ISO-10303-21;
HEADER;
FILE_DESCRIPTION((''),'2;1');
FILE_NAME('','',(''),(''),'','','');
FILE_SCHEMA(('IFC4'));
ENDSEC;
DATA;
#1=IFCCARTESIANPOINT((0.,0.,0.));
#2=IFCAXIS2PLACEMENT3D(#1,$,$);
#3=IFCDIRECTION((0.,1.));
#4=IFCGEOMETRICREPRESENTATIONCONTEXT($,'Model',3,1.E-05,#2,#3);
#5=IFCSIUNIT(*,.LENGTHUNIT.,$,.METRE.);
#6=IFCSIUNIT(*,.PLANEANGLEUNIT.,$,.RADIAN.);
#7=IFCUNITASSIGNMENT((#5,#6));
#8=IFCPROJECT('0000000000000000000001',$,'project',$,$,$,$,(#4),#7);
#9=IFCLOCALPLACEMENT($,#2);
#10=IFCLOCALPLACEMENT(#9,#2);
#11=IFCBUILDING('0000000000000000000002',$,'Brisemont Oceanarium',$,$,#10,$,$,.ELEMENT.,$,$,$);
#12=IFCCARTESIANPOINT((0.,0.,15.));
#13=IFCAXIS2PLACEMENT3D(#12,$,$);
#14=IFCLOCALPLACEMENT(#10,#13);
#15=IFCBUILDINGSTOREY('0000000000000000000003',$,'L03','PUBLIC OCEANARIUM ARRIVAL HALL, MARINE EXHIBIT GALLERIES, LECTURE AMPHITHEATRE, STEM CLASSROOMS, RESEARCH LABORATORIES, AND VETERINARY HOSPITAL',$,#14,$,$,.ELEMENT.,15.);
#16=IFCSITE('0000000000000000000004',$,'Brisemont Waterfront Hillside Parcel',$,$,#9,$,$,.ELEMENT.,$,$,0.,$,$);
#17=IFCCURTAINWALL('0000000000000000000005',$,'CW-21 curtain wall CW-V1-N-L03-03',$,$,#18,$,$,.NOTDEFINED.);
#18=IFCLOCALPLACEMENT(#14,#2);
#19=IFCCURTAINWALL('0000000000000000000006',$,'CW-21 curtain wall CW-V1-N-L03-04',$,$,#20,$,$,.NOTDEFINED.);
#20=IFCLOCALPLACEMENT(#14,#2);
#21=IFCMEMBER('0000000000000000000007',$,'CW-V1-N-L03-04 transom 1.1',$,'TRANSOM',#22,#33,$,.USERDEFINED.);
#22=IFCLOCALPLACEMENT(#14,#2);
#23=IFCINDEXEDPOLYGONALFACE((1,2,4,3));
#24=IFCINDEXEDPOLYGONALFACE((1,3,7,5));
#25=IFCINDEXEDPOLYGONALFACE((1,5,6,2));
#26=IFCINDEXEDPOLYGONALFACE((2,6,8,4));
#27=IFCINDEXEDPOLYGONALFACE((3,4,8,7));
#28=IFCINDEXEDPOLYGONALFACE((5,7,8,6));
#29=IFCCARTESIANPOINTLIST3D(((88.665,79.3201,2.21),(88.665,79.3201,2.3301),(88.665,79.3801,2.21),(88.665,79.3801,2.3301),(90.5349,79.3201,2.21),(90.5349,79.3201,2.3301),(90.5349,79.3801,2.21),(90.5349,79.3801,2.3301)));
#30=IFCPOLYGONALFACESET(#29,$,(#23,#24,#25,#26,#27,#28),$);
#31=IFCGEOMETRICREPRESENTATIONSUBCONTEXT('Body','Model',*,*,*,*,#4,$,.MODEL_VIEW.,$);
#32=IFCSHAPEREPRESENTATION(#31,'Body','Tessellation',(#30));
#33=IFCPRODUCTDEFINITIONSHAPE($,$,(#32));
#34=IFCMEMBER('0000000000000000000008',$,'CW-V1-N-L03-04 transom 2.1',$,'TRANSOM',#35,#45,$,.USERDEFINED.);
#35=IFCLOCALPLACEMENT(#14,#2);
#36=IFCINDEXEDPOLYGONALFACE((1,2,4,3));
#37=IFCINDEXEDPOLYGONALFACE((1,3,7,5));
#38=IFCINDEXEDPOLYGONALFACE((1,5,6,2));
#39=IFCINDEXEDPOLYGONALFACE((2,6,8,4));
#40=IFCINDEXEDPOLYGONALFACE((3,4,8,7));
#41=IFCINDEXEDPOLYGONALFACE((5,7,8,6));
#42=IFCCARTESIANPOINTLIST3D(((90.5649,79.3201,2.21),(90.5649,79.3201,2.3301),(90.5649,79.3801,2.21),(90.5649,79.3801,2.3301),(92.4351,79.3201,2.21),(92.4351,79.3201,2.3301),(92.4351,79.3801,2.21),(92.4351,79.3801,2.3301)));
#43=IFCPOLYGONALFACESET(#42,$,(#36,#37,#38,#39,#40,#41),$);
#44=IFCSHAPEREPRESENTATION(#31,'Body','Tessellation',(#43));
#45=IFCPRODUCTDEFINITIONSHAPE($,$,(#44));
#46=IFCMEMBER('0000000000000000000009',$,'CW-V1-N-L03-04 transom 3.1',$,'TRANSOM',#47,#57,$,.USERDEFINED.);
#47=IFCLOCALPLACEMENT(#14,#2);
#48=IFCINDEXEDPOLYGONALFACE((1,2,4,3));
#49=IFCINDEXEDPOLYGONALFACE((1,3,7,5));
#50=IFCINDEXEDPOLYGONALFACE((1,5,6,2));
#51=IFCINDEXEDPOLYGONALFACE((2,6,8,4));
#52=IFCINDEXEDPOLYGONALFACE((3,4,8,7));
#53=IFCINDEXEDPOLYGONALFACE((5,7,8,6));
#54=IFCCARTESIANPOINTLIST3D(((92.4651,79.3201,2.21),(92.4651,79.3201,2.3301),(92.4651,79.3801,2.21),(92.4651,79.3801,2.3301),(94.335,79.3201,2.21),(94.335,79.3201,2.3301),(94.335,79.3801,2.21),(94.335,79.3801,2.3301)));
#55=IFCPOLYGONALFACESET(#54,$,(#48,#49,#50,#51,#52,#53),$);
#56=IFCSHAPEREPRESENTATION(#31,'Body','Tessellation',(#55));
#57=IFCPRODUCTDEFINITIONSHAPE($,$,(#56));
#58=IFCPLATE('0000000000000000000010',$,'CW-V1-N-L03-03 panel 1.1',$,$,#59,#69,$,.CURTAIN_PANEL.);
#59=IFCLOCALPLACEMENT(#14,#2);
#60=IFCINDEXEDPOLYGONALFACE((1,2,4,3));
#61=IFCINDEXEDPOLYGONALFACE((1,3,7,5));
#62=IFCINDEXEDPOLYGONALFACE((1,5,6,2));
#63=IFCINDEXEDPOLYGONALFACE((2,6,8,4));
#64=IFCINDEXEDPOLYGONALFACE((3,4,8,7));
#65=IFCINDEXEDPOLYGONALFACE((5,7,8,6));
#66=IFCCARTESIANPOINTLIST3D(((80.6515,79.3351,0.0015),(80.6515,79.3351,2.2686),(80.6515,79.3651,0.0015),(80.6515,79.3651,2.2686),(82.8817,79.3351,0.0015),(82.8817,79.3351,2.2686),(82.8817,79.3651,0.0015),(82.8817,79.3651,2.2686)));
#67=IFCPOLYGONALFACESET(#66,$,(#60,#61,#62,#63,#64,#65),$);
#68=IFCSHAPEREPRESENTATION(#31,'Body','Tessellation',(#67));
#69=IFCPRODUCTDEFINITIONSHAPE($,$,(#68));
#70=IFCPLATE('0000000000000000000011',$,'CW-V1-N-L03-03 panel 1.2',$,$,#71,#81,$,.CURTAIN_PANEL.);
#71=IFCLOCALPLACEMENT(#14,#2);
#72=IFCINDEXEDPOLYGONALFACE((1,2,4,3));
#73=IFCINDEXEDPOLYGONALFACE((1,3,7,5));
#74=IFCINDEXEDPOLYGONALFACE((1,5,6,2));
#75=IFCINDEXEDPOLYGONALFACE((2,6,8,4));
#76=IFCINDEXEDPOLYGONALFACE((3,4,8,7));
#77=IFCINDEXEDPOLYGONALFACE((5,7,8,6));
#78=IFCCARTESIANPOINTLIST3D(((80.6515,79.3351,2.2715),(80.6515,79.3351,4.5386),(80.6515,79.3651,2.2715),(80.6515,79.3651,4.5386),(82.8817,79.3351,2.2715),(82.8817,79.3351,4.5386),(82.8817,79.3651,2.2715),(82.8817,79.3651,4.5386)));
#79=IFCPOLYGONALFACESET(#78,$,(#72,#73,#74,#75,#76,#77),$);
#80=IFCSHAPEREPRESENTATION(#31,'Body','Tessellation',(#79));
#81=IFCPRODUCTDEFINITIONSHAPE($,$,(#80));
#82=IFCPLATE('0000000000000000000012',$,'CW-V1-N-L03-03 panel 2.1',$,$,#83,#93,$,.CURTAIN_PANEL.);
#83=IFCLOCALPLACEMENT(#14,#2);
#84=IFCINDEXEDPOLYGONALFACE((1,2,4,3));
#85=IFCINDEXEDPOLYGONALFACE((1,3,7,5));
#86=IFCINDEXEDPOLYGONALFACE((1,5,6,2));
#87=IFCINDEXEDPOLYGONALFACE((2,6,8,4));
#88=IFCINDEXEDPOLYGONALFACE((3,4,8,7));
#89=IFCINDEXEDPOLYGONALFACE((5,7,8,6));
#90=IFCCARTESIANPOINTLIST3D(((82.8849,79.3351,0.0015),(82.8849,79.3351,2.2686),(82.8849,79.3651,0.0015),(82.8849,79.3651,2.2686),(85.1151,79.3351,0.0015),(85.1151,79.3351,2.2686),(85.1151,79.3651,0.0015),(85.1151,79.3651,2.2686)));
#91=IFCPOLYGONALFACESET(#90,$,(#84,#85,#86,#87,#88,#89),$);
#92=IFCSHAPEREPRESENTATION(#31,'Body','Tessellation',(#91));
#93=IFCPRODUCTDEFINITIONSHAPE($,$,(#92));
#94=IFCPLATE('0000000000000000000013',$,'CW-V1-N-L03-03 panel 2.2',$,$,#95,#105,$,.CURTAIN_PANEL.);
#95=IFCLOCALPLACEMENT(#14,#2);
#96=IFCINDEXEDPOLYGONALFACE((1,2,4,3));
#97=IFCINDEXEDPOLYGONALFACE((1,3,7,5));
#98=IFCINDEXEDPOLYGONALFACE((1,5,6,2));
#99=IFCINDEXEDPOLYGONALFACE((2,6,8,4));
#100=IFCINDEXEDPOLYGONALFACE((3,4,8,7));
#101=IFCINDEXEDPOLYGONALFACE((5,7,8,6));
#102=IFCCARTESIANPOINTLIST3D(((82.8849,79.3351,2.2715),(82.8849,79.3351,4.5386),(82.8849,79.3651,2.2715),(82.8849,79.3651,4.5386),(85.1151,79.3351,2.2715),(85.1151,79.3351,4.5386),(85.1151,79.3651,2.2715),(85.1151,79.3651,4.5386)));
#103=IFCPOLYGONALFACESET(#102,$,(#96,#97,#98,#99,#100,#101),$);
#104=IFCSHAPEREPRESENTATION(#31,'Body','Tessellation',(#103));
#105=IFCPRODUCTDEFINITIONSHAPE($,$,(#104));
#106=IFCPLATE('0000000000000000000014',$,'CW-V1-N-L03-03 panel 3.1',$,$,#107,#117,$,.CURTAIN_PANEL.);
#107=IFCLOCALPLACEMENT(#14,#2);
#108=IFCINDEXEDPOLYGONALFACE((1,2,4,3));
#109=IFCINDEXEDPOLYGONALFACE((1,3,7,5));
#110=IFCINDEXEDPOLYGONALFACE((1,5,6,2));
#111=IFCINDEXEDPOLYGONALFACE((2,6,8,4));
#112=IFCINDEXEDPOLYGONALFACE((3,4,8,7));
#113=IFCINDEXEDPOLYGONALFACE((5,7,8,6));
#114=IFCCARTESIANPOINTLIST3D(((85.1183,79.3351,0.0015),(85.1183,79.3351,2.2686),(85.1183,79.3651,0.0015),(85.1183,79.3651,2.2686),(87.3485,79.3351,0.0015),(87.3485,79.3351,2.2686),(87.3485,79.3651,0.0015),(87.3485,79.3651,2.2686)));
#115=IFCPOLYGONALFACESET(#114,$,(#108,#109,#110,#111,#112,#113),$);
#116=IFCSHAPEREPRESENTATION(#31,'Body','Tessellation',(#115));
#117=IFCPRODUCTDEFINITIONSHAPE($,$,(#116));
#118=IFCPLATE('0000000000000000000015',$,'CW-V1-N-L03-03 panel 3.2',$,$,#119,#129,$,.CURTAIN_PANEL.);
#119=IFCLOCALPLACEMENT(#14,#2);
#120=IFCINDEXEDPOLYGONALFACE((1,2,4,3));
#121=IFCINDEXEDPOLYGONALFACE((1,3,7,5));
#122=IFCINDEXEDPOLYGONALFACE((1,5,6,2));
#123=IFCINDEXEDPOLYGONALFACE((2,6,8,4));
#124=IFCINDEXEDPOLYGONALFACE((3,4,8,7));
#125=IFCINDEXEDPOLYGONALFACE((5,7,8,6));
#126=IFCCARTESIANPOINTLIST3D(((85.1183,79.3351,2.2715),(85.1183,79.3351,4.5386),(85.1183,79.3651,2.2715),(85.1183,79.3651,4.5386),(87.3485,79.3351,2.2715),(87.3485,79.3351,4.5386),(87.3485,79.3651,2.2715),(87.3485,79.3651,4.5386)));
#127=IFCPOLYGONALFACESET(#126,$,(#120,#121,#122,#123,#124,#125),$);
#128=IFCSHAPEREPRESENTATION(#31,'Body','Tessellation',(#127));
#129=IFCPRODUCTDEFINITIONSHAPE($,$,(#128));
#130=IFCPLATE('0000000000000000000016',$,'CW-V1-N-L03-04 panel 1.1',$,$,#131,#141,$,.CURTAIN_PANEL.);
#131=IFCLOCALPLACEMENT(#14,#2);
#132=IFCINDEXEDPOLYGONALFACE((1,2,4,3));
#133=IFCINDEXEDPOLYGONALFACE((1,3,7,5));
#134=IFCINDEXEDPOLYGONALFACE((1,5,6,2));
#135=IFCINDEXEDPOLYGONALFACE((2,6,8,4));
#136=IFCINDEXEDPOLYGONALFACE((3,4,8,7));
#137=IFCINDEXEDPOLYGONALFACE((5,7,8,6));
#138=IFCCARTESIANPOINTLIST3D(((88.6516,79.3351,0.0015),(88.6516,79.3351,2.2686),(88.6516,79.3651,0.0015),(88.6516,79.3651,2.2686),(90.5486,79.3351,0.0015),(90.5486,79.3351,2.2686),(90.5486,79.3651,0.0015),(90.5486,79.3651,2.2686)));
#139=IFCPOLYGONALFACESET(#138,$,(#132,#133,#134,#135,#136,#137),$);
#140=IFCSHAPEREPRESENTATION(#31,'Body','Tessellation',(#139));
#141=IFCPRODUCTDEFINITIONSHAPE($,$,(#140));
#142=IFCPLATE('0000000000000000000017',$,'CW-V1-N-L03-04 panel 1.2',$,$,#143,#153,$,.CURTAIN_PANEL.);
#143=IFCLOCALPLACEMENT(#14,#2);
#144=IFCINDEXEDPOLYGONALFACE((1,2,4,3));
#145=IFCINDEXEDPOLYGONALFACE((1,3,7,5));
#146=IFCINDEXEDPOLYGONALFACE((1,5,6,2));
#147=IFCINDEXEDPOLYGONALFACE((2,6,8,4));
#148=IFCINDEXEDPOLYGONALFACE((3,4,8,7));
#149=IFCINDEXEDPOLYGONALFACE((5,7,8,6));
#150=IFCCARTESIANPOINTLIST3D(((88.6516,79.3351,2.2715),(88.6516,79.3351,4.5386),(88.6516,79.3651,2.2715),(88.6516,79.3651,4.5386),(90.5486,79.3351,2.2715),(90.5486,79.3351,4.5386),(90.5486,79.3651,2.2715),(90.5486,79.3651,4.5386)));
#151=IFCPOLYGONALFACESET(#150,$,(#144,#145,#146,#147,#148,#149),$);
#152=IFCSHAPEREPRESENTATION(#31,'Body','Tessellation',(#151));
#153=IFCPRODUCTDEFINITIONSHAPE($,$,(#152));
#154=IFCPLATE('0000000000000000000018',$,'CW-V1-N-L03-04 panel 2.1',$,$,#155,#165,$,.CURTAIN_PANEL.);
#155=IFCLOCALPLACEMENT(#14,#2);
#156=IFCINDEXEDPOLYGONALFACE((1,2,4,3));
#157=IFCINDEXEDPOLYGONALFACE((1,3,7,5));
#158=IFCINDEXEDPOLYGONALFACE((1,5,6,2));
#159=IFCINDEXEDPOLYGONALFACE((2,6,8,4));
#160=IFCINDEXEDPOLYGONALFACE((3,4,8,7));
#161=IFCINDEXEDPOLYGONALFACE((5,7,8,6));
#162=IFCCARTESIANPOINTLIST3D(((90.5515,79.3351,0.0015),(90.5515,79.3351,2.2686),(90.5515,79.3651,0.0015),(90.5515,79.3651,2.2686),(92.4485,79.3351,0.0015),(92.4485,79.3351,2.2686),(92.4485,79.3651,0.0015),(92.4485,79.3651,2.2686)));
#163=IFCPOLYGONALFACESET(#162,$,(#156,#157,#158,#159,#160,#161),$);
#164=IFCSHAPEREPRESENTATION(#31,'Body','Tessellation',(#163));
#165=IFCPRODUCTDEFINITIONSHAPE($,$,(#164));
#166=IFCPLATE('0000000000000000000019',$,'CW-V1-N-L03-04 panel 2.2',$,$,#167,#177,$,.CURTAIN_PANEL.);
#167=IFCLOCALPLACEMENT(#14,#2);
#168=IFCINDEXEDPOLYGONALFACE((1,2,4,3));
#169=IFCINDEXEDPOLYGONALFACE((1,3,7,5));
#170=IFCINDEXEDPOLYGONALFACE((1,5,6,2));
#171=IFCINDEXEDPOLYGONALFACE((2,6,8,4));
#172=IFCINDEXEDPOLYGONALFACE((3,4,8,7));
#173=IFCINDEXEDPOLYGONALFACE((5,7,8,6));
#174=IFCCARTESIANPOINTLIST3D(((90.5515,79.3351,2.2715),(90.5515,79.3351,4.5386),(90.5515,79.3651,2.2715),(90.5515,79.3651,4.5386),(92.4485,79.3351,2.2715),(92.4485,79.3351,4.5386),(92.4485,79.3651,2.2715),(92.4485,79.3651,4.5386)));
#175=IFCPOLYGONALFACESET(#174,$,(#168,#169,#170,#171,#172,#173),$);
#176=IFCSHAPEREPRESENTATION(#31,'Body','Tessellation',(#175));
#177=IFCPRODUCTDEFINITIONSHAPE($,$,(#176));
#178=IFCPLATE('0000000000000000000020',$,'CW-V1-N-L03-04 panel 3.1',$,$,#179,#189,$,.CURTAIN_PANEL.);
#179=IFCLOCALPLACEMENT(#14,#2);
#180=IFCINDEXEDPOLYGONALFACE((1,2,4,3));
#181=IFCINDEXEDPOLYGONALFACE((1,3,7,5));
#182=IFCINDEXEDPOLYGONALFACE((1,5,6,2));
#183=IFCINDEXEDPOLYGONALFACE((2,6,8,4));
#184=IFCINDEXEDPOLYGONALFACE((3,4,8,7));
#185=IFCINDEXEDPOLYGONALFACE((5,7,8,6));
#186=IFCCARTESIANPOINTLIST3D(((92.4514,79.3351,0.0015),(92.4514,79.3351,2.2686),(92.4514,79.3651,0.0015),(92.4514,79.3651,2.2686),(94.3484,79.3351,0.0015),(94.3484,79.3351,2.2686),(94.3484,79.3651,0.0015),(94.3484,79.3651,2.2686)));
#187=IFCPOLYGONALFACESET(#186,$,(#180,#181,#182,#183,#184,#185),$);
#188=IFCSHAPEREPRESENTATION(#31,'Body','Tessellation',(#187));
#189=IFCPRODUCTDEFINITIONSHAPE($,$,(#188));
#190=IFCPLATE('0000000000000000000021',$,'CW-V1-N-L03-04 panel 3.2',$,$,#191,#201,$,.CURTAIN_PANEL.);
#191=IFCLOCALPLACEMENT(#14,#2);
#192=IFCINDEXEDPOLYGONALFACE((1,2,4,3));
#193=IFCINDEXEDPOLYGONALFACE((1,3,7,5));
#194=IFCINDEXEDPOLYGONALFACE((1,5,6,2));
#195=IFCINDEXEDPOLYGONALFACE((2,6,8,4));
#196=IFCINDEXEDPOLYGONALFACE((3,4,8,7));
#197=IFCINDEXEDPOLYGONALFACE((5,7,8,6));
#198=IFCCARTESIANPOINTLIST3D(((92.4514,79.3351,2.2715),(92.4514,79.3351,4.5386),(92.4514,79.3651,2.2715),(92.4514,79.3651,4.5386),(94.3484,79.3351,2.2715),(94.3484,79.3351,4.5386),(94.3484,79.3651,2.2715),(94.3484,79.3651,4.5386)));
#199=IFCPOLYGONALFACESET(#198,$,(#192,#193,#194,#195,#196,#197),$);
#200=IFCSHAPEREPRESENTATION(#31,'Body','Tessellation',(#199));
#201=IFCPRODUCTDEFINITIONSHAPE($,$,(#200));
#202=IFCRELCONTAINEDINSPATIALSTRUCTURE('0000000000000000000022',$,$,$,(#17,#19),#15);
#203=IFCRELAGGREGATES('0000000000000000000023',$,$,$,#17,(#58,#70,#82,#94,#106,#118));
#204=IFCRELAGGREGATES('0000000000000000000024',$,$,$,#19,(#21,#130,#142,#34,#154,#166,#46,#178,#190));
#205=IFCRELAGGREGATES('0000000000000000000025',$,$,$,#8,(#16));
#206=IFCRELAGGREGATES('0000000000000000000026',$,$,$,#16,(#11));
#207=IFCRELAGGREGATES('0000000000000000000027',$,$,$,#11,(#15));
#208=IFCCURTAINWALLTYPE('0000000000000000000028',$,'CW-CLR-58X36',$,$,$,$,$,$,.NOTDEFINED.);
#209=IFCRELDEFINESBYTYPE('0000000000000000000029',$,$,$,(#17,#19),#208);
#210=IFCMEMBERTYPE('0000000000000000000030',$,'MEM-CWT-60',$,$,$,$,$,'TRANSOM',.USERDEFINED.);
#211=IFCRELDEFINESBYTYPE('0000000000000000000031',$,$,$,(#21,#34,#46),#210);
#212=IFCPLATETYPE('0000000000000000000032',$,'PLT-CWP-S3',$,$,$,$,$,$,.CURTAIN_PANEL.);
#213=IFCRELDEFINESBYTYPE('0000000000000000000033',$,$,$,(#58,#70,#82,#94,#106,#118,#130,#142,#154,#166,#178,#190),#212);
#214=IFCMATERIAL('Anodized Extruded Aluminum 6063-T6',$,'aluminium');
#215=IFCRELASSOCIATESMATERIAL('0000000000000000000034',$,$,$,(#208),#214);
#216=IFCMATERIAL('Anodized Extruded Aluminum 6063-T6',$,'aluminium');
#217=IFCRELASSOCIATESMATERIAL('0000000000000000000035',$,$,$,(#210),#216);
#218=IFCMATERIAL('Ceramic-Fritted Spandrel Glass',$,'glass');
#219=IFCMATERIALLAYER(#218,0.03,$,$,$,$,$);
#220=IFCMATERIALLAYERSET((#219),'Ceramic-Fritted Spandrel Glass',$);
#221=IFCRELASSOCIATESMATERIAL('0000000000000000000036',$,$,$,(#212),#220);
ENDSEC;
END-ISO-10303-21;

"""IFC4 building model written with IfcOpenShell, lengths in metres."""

from ifc_helpers import new_model, si_unit, direction, frame, origin, origin_2d, place, context, subcontext, project, spatial, rectangle, extrude, material, layer, layer_set, material_profile, profile_set, type_object, element, aggregate, save


model = new_model("IFC4")

# Units and contexts
model_context = context("Model", 3, precision=1e-05, world=origin(), true_north=direction((0.0, 1.0)))
body_context = subcontext(model_context, "Body", "Model", "MODEL_VIEW")
ifc_project = project(units=[si_unit("LENGTHUNIT", "METRE"), si_unit("PLANEANGLEUNIT", "RADIAN")], contexts=[model_context])

# Site, building, storey
site_placement = place(None, origin())
site = spatial("IfcSite", under=ifc_project, at=site_placement, Name="Brisemont Waterfront Hillside Parcel", CompositionType="ELEMENT", RefElevation=0.0)
building_placement = place(site_placement, origin())
building = spatial("IfcBuilding", under=site, at=building_placement, Name="Brisemont Oceanarium", CompositionType="ELEMENT")
storey_placement = place(building_placement, frame((0.0, 0.0, 15.0)))
storey = spatial("IfcBuildingStorey", under=building, at=storey_placement, Name="L03", Description="PUBLIC OCEANARIUM ARRIVAL HALL, MARINE EXHIBIT GALLERIES, LECTURE AMPHITHEATRE, STEM CLASSROOMS, RESEARCH LABORATORIES, AND VETERINARY HOSPITAL", CompositionType="ELEMENT", Elevation=15.0)

# Curtain walls
ifc_material_1 = material(Name="Anodized Extruded Aluminum 6063-T6", Category="aluminium")
curtain_wall_type = type_object("IfcCurtainWallType", Name="CW-CLR-58X36", PredefinedType="NOTDEFINED", material=ifc_material_1)
curtain_wall_1_placement = place(storey_placement, origin())
curtain_wall_1 = element("IfcCurtainWall", 1, at=curtain_wall_1_placement, inside=storey, type_object=curtain_wall_type, Name="CW-21 curtain wall CW-V1-N-L03-03", PredefinedType="NOTDEFINED")
curtain_wall_2_placement = place(storey_placement, origin())
curtain_wall_2 = element("IfcCurtainWall", 2, at=curtain_wall_2_placement, inside=storey, type_object=curtain_wall_type, Name="CW-21 curtain wall CW-V1-N-L03-04", PredefinedType="NOTDEFINED")

# Members
ifc_material_2 = material(Name="Anodized Extruded Aluminum 6063-T6", Category="aluminium")
ifc_material_profile_1 = material_profile(ifc_material_2, rectangle(XDim=0.0601, YDim=0.1201, at=origin_2d()), Name="CWT-60X120")
ifc_profile_set_1 = profile_set([ifc_material_profile_1], Name="Anodized Extruded Aluminum 6063-T6")
member_type_1 = type_object("IfcMemberType", Name="MEM-CWT-60", ElementType="TRANSOM", PredefinedType="USERDEFINED", material=ifc_profile_set_1)
member_1_placement = place(storey_placement, frame((88.665, 79.3501, 2.27), z_axis=(1.0, 0.0, 0.0), x_axis=(0.0, 1.0, 0.0)))
member_1 = element("IfcMember", 3, at=member_1_placement, type_object=member_type_1, Name="CW-V1-N-L03-04 transom 1.1", ObjectType="TRANSOM", PredefinedType="USERDEFINED", context=body_context, shape_type="SweptSolid", body=[
    extrude(rectangle(XDim=0.0601, YDim=0.1201, at=origin_2d()), origin(), (0.0, 0.0, 1.0), 1.8699),
])
member_2_placement = place(storey_placement, frame((90.5649, 79.3501, 2.27), z_axis=(1.0, 0.0, 0.0), x_axis=(0.0, 1.0, 0.0)))
member_2 = element("IfcMember", 4, at=member_2_placement, type_object=member_type_1, Name="CW-V1-N-L03-04 transom 2.1", ObjectType="TRANSOM", PredefinedType="USERDEFINED", context=body_context, shape_type="SweptSolid", body=[
    extrude(rectangle(XDim=0.0601, YDim=0.1201, at=origin_2d()), origin(), (0.0, 0.0, 1.0), 1.8701),
])
member_3_placement = place(storey_placement, frame((92.4651, 79.3501, 2.27), z_axis=(1.0, 0.0, 0.0), x_axis=(0.0, 1.0, 0.0)))
member_3 = element("IfcMember", 5, at=member_3_placement, type_object=member_type_1, Name="CW-V1-N-L03-04 transom 3.1", ObjectType="TRANSOM", PredefinedType="USERDEFINED", context=body_context, shape_type="SweptSolid", body=[
    extrude(rectangle(XDim=0.0601, YDim=0.1201, at=origin_2d()), origin(), (0.0, 0.0, 1.0), 1.8699),
])

# Plates
ifc_material_3 = material(Name="Ceramic-Fritted Spandrel Glass", Category="glass")
ifc_layer = layer(ifc_material_3, 0.03)
ifc_layer_set = layer_set([ifc_layer], Name="Ceramic-Fritted Spandrel Glass")
plate_type = type_object("IfcPlateType", Name="PLT-CWP-S3", PredefinedType="CURTAIN_PANEL", material=ifc_layer_set)
plate_1_placement = place(storey_placement, frame((81.7666, 79.3501, 0.0015), z_axis=(0.0, 0.0, 1.0), x_axis=(1.0, 0.0, 0.0)))
plate_1 = element("IfcPlate", 6, at=plate_1_placement, type_object=plate_type, Name="CW-V1-N-L03-03 panel 1.1", PredefinedType="CURTAIN_PANEL", context=body_context, shape_type="SweptSolid", body=[
    extrude(rectangle(XDim=2.2302, YDim=0.03, at=origin_2d()), origin(), (0.0, 0.0, 1.0), 2.2671),
])
plate_2_placement = place(storey_placement, frame((81.7666, 79.3501, 2.2715), z_axis=(0.0, 0.0, 1.0), x_axis=(1.0, 0.0, 0.0)))
plate_2 = element("IfcPlate", 7, at=plate_2_placement, type_object=plate_type, Name="CW-V1-N-L03-03 panel 1.2", PredefinedType="CURTAIN_PANEL", context=body_context, shape_type="SweptSolid", body=[
    extrude(rectangle(XDim=2.2302, YDim=0.03, at=origin_2d()), origin(), (0.0, 0.0, 1.0), 2.2671),
])
plate_3_placement = place(storey_placement, frame((84.0, 79.3501, 0.0015), z_axis=(0.0, 0.0, 1.0), x_axis=(1.0, 0.0, 0.0)))
plate_3 = element("IfcPlate", 8, at=plate_3_placement, type_object=plate_type, Name="CW-V1-N-L03-03 panel 2.1", PredefinedType="CURTAIN_PANEL", context=body_context, shape_type="SweptSolid", body=[
    extrude(rectangle(XDim=2.2302, YDim=0.03, at=origin_2d()), origin(), (0.0, 0.0, 1.0), 2.2671),
])
plate_4_placement = place(storey_placement, frame((84.0, 79.3501, 2.2715), z_axis=(0.0, 0.0, 1.0), x_axis=(1.0, 0.0, 0.0)))
plate_4 = element("IfcPlate", 9, at=plate_4_placement, type_object=plate_type, Name="CW-V1-N-L03-03 panel 2.2", PredefinedType="CURTAIN_PANEL", context=body_context, shape_type="SweptSolid", body=[
    extrude(rectangle(XDim=2.2302, YDim=0.03, at=origin_2d()), origin(), (0.0, 0.0, 1.0), 2.2671),
])
plate_5_placement = place(storey_placement, frame((86.2334, 79.3501, 0.0015), z_axis=(0.0, 0.0, 1.0), x_axis=(1.0, 0.0, 0.0)))
plate_5 = element("IfcPlate", 10, at=plate_5_placement, type_object=plate_type, Name="CW-V1-N-L03-03 panel 3.1", PredefinedType="CURTAIN_PANEL", context=body_context, shape_type="SweptSolid", body=[
    extrude(rectangle(XDim=2.2302, YDim=0.03, at=origin_2d()), origin(), (0.0, 0.0, 1.0), 2.2671),
])
plate_6_placement = place(storey_placement, frame((86.2334, 79.3501, 2.2715), z_axis=(0.0, 0.0, 1.0), x_axis=(1.0, 0.0, 0.0)))
plate_6 = element("IfcPlate", 11, at=plate_6_placement, type_object=plate_type, Name="CW-V1-N-L03-03 panel 3.2", PredefinedType="CURTAIN_PANEL", context=body_context, shape_type="SweptSolid", body=[
    extrude(rectangle(XDim=2.2302, YDim=0.03, at=origin_2d()), origin(), (0.0, 0.0, 1.0), 2.2671),
])
aggregate(curtain_wall_1, [plate_1, plate_2, plate_3, plate_4, plate_5, plate_6])
plate_7_placement = place(storey_placement, frame((89.6001, 79.3501, 0.0015), z_axis=(0.0, 0.0, 1.0), x_axis=(1.0, 0.0, 0.0)))
plate_7 = element("IfcPlate", 12, at=plate_7_placement, type_object=plate_type, Name="CW-V1-N-L03-04 panel 1.1", PredefinedType="CURTAIN_PANEL", context=body_context, shape_type="SweptSolid", body=[
    extrude(rectangle(XDim=1.897, YDim=0.03, at=origin_2d()), origin(), (0.0, 0.0, 1.0), 2.2671),
])
plate_8_placement = place(storey_placement, frame((89.6001, 79.3501, 2.2715), z_axis=(0.0, 0.0, 1.0), x_axis=(1.0, 0.0, 0.0)))
plate_8 = element("IfcPlate", 13, at=plate_8_placement, type_object=plate_type, Name="CW-V1-N-L03-04 panel 1.2", PredefinedType="CURTAIN_PANEL", context=body_context, shape_type="SweptSolid", body=[
    extrude(rectangle(XDim=1.897, YDim=0.03, at=origin_2d()), origin(), (0.0, 0.0, 1.0), 2.2671),
])
plate_9_placement = place(storey_placement, frame((91.5, 79.3501, 0.0015), z_axis=(0.0, 0.0, 1.0), x_axis=(1.0, 0.0, 0.0)))
plate_9 = element("IfcPlate", 14, at=plate_9_placement, type_object=plate_type, Name="CW-V1-N-L03-04 panel 2.1", PredefinedType="CURTAIN_PANEL", context=body_context, shape_type="SweptSolid", body=[
    extrude(rectangle(XDim=1.897, YDim=0.03, at=origin_2d()), origin(), (0.0, 0.0, 1.0), 2.2671),
])
plate_10_placement = place(storey_placement, frame((91.5, 79.3501, 2.2715), z_axis=(0.0, 0.0, 1.0), x_axis=(1.0, 0.0, 0.0)))
plate_10 = element("IfcPlate", 15, at=plate_10_placement, type_object=plate_type, Name="CW-V1-N-L03-04 panel 2.2", PredefinedType="CURTAIN_PANEL", context=body_context, shape_type="SweptSolid", body=[
    extrude(rectangle(XDim=1.897, YDim=0.03, at=origin_2d()), origin(), (0.0, 0.0, 1.0), 2.2671),
])
plate_11_placement = place(storey_placement, frame((93.3999, 79.3501, 0.0015), z_axis=(0.0, 0.0, 1.0), x_axis=(1.0, 0.0, 0.0)))
plate_11 = element("IfcPlate", 16, at=plate_11_placement, type_object=plate_type, Name="CW-V1-N-L03-04 panel 3.1", PredefinedType="CURTAIN_PANEL", context=body_context, shape_type="SweptSolid", body=[
    extrude(rectangle(XDim=1.897, YDim=0.03, at=origin_2d()), origin(), (0.0, 0.0, 1.0), 2.2671),
])
plate_12_placement = place(storey_placement, frame((93.3999, 79.3501, 2.2715), z_axis=(0.0, 0.0, 1.0), x_axis=(1.0, 0.0, 0.0)))
plate_12 = element("IfcPlate", 17, at=plate_12_placement, type_object=plate_type, Name="CW-V1-N-L03-04 panel 3.2", PredefinedType="CURTAIN_PANEL", context=body_context, shape_type="SweptSolid", body=[
    extrude(rectangle(XDim=1.897, YDim=0.03, at=origin_2d()), origin(), (0.0, 0.0, 1.0), 2.2671),
])
aggregate(curtain_wall_2, [member_1, plate_7, plate_8, member_2, plate_9, plate_10, member_3, plate_11, plate_12])

save(model, "model.ifc")
